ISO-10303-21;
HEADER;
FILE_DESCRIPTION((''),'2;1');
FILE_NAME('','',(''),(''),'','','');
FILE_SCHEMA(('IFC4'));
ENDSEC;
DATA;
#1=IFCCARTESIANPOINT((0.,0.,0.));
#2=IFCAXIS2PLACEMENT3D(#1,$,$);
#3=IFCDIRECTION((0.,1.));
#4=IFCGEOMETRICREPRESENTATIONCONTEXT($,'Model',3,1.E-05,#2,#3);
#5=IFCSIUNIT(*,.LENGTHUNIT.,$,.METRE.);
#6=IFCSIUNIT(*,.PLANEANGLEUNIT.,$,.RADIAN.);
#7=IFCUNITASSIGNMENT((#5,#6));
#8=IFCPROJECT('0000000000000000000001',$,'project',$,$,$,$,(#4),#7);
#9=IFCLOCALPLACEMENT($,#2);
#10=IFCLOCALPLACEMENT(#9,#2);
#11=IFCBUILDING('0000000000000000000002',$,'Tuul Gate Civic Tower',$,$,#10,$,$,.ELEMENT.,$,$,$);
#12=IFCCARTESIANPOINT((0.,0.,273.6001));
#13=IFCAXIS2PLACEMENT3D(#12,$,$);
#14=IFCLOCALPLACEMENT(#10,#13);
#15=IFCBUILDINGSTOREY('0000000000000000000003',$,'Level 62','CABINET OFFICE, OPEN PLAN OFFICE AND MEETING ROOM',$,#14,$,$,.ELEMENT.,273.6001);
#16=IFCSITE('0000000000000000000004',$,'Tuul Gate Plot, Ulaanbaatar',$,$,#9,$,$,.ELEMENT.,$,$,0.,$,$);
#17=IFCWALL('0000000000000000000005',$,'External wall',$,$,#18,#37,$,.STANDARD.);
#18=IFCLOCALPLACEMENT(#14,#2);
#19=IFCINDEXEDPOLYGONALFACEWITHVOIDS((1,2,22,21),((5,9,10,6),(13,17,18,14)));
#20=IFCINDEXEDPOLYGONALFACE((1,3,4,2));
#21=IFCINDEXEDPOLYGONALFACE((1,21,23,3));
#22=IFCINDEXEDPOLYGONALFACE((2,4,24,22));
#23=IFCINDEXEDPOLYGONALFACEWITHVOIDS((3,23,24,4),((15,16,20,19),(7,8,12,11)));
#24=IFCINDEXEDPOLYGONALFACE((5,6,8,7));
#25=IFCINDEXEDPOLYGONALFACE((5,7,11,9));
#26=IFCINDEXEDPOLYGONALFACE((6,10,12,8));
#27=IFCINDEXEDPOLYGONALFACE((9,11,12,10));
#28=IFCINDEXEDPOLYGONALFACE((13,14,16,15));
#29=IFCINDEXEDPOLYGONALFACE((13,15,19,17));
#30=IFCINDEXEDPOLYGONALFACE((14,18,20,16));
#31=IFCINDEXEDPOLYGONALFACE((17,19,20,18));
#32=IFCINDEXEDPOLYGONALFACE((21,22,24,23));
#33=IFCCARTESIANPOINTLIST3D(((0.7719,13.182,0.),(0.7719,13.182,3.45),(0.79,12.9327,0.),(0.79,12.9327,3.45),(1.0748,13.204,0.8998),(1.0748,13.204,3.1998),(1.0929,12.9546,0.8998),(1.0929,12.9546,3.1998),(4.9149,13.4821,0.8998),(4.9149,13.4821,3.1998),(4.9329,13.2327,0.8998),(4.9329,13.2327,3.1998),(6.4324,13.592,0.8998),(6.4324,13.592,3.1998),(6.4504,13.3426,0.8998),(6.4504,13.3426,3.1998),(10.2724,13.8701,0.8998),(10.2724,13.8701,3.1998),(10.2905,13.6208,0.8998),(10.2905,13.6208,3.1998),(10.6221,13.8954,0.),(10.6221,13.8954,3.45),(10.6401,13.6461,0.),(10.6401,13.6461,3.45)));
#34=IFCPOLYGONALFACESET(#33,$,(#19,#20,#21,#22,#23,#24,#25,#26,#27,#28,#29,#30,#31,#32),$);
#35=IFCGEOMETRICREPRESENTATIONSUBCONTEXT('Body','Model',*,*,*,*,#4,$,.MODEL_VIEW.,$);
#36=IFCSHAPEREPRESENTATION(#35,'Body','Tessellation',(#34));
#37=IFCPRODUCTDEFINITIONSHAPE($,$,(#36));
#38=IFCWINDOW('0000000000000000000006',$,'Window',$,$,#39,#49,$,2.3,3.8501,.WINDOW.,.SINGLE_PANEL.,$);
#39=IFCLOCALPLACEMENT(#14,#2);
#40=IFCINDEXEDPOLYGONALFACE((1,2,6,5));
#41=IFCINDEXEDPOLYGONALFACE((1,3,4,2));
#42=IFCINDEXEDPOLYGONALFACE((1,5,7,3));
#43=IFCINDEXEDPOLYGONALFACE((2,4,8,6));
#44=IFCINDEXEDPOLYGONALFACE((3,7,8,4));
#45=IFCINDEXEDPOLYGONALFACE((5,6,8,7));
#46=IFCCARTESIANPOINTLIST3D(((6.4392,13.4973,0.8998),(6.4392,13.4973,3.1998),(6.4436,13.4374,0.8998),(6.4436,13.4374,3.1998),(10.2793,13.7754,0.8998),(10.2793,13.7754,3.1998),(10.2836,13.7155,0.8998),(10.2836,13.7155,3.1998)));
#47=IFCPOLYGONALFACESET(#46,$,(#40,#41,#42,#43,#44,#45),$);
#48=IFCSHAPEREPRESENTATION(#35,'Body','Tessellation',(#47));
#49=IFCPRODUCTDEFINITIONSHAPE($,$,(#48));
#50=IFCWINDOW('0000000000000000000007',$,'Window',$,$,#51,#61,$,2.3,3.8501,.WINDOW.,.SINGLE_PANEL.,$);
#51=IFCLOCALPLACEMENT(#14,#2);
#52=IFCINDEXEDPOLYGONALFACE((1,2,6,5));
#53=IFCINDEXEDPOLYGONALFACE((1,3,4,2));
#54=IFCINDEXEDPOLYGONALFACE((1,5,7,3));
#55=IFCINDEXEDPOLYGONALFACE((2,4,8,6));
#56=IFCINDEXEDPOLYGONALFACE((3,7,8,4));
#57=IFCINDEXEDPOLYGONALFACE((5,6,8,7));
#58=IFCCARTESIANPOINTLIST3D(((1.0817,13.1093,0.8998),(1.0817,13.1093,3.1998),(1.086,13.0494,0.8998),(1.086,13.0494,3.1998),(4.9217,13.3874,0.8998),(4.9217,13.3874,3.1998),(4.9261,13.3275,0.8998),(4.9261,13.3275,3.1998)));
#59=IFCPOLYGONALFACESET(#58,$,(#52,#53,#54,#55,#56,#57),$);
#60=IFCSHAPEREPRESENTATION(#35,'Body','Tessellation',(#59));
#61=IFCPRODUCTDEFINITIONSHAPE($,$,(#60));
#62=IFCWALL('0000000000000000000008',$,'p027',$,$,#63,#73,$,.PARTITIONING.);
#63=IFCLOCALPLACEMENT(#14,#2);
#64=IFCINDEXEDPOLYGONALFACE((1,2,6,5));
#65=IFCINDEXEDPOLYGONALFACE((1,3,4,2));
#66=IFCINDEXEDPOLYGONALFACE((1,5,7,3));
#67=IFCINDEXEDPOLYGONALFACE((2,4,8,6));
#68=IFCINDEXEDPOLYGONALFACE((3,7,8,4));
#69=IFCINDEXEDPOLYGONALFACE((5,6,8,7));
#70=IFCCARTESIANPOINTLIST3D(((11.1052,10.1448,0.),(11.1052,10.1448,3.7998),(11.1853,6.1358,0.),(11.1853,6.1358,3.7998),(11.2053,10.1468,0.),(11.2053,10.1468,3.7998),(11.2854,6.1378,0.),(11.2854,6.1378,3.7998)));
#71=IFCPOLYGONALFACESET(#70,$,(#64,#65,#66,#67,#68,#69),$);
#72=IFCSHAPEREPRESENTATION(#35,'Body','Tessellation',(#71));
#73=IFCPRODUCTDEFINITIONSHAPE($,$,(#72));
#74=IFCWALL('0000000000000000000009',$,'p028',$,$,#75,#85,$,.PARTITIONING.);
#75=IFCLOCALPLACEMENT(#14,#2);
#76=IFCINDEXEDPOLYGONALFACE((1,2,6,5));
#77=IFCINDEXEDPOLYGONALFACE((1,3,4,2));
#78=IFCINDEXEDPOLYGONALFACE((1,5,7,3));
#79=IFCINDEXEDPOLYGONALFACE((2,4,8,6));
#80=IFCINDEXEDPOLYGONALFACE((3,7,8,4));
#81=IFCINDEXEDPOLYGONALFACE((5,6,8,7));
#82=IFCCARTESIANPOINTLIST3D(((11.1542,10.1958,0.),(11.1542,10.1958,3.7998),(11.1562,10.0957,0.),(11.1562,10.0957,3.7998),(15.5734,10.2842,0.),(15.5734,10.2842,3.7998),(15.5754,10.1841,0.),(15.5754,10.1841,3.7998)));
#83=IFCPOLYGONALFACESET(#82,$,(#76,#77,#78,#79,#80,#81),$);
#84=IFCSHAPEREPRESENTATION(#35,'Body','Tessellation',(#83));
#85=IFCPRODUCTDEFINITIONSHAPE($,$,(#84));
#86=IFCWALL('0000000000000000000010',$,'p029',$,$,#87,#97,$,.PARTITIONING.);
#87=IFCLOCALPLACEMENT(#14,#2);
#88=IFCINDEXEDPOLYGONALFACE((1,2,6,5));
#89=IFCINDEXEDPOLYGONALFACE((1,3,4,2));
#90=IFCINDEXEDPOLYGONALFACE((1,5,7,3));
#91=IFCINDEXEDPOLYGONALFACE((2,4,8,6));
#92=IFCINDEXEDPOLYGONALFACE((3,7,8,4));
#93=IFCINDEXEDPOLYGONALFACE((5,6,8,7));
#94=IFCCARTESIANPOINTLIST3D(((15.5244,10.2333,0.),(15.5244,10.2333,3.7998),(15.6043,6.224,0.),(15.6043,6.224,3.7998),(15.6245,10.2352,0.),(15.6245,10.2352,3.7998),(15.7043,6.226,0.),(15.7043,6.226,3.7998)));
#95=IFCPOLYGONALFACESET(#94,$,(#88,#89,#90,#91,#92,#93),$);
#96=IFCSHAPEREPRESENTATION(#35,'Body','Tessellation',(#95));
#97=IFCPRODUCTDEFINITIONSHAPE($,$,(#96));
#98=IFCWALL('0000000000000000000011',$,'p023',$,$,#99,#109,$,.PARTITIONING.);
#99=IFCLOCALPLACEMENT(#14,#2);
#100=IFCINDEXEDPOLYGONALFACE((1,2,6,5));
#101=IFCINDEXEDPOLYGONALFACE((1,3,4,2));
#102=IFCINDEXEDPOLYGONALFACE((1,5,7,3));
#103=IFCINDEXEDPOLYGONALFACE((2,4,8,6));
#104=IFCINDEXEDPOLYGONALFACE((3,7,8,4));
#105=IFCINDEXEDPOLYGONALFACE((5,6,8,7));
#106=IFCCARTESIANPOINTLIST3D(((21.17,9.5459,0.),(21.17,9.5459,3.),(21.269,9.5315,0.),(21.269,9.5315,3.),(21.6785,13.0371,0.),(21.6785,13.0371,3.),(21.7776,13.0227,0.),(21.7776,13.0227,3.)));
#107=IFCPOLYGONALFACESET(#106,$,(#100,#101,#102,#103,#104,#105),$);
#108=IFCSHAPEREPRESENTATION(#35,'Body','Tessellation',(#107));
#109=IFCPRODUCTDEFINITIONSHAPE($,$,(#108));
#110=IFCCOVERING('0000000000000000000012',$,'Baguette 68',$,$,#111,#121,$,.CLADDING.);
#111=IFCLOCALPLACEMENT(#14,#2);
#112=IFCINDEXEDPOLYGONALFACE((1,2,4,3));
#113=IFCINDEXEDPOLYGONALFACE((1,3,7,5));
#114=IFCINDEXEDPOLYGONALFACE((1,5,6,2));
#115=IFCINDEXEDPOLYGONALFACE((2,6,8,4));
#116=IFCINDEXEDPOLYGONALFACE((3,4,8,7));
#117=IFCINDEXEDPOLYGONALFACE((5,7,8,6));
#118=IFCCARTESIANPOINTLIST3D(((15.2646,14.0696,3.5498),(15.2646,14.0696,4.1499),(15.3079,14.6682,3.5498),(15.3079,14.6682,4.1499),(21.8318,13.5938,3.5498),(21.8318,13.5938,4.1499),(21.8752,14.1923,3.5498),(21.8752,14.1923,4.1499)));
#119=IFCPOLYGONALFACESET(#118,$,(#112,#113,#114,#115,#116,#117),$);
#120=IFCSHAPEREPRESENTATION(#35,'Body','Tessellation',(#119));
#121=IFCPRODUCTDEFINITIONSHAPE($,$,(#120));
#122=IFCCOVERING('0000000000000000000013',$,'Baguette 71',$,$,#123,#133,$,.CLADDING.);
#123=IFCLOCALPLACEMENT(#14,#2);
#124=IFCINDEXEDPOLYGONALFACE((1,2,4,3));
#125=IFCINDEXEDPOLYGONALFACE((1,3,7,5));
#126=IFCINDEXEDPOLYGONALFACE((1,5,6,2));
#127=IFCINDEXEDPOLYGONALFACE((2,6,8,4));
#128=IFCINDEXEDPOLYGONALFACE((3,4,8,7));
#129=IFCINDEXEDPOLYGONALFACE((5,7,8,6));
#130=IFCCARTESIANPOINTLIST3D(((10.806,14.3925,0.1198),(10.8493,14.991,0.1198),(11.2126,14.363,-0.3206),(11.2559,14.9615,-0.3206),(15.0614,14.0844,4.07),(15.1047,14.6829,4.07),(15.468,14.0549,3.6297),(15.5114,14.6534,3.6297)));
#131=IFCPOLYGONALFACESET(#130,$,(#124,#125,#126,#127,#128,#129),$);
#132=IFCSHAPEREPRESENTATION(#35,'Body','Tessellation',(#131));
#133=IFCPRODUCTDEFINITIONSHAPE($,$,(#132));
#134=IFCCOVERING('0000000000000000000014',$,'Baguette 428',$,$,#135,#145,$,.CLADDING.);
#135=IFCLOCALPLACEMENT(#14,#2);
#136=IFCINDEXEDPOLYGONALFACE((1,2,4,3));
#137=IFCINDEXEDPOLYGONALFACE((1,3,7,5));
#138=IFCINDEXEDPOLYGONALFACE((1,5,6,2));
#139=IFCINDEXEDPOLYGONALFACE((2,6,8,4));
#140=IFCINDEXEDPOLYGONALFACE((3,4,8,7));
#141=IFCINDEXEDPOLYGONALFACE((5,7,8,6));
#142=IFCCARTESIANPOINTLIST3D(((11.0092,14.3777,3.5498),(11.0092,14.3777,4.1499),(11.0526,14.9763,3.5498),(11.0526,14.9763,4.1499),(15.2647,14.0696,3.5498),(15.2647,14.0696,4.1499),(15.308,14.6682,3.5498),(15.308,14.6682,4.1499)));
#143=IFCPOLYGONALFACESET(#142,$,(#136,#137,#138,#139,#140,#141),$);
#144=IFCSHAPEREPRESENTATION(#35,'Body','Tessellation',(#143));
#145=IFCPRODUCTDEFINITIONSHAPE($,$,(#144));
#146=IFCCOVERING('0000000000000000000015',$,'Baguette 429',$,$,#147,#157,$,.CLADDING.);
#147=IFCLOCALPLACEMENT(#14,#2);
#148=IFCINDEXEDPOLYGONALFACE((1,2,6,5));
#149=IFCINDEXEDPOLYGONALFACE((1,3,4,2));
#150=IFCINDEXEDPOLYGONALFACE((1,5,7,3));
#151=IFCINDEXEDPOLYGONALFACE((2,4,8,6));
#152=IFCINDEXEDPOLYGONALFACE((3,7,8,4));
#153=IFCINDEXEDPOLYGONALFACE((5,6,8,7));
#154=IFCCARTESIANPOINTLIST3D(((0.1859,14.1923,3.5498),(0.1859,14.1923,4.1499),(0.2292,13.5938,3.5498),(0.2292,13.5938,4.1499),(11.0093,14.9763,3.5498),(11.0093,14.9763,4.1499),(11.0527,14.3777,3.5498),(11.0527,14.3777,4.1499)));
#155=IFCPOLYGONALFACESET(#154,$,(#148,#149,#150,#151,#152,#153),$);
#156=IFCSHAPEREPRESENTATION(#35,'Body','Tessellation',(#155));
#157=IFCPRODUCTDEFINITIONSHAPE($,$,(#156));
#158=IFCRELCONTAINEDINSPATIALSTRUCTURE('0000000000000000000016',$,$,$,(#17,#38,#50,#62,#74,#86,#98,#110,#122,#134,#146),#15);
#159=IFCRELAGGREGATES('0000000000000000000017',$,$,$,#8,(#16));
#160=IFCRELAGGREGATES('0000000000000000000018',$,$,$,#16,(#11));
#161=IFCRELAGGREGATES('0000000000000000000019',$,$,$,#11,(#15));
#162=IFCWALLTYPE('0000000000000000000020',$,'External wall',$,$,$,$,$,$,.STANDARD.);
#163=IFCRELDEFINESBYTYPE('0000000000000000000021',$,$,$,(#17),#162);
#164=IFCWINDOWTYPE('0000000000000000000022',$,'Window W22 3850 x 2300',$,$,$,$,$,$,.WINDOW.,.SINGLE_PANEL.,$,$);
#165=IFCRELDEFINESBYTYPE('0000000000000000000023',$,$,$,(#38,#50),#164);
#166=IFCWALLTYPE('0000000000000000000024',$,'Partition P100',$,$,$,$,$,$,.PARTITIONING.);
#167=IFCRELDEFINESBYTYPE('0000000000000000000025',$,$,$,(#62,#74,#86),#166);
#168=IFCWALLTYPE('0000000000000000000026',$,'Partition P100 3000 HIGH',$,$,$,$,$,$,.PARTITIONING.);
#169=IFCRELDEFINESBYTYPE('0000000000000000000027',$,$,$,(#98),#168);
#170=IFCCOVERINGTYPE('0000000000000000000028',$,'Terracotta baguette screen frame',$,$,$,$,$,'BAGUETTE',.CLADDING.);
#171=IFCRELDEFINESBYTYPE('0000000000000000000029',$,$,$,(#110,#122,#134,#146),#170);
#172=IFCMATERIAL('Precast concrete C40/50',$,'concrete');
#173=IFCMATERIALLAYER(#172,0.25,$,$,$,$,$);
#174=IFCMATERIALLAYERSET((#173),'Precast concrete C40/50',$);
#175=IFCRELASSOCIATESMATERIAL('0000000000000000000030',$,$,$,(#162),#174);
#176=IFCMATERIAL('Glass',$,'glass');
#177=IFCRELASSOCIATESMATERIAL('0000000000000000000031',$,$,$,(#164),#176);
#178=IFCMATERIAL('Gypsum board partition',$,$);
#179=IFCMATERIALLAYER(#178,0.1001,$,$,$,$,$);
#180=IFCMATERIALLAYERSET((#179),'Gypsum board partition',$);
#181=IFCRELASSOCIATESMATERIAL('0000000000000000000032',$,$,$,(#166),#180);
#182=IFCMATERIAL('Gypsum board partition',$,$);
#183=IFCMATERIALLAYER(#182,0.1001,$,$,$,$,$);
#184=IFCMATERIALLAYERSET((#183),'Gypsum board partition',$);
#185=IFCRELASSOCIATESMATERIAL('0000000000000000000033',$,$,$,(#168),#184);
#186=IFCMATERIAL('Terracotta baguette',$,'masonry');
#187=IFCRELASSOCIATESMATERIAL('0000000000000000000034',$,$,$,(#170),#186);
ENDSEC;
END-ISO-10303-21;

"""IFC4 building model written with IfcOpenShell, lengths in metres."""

from ifc_helpers import new_model, si_unit, direction, frame, frame_2d, origin, origin_2d, place, context, subcontext, project, spatial, rectangle, extrude, material, layer, layer_set, material_profile, profile_set, type_object, element, fill, save


model = new_model("IFC4")

# Units and contexts
model_context = context("Model", 3, precision=1e-05, world=origin(), true_north=direction((0.0, 1.0)))
body_context = subcontext(model_context, "Body", "Model", "MODEL_VIEW")
ifc_project = project(units=[si_unit("LENGTHUNIT", "METRE"), si_unit("PLANEANGLEUNIT", "RADIAN")], contexts=[model_context])

# Site, building, storey
site_placement = place(None, origin())
site = spatial("IfcSite", under=ifc_project, at=site_placement, Name="Tuul Gate Plot, Ulaanbaatar", CompositionType="ELEMENT", RefElevation=0.0)
building_placement = place(site_placement, origin())
building = spatial("IfcBuilding", under=site, at=building_placement, Name="Tuul Gate Civic Tower", CompositionType="ELEMENT")
storey_placement = place(building_placement, frame((0.0, 0.0, 273.6001)))
storey = spatial("IfcBuildingStorey", under=building, at=storey_placement, Name="Level 62", Description="CABINET OFFICE, OPEN PLAN OFFICE AND MEETING ROOM", CompositionType="ELEMENT", Elevation=273.6001)

# Wall, openings, windows
ifc_material_1 = material(Name="Precast concrete C40/50", Category="concrete")
ifc_layer_1 = layer(ifc_material_1, 0.25)
ifc_layer_set_1 = layer_set([ifc_layer_1], Name="Precast concrete C40/50")
wall_type_1 = type_object("IfcWallType", Name="External wall", PredefinedType="STANDARD", material=ifc_layer_set_1)
ifc_material_2 = material(Name="Glass", Category="glass")
window_type = type_object("IfcWindowType", Name="Window W22 3850 x 2300", PartitioningType="SINGLE_PANEL", PredefinedType="WINDOW", material=ifc_material_2)
wall_1_placement = place(storey_placement, frame((10.6311, 13.7708, 0.0), z_axis=(0.0, 0.0, 1.0), x_axis=(-0.997388, -0.072234, 0.0)))
wall_1 = element("IfcWall", 1, at=wall_1_placement, inside=storey, type_object=wall_type_1, Name="External wall", PredefinedType="STANDARD", context=body_context, shape_type="SweptSolid", body=[
    extrude(rectangle(XDim=9.876, YDim=0.25, at=frame_2d((4.938, 0.0))), origin(), (0.0, 0.0, 1.0), 3.45),
])
opening_1_placement = place(wall_1_placement, frame((0.3506, 0.0, 0.8999)))
opening_1 = element("IfcOpeningElement", 2, at=opening_1_placement, cuts=wall_1, PredefinedType="OPENING", context=body_context, shape_type="SweptSolid", body=[
    extrude(rectangle(XDim=3.8501, YDim=2.3, at=frame_2d((1.925, 1.1499))), frame((0.0, 0.135, 0.0), z_axis=(0.0, -1.0, 0.0), x_axis=(1.0, 0.0, 0.0)), (0.0, 0.0, 1.0), 0.27),
])
opening_2_placement = place(wall_1_placement, frame((5.7222, 0.0, 0.8999)))
opening_2 = element("IfcOpeningElement", 3, at=opening_2_placement, cuts=wall_1, PredefinedType="OPENING", context=body_context, shape_type="SweptSolid", body=[
    extrude(rectangle(XDim=3.8501, YDim=2.3, at=frame_2d((1.925, 1.1499))), frame((0.0, 0.135, 0.0), z_axis=(0.0, -1.0, 0.0), x_axis=(1.0, 0.0, 0.0)), (0.0, 0.0, 1.0), 0.27),
])
window_1_placement = place(opening_1_placement, origin())
window_1 = element("IfcWindow", 4, at=window_1_placement, inside=storey, type_object=window_type, Name="Window", OverallHeight=2.3, OverallWidth=3.8501, PartitioningType="SINGLE_PANEL", PredefinedType="WINDOW", context=body_context, shape_type="SweptSolid", body=[
    extrude(rectangle(XDim=3.8501, YDim=2.3, at=frame_2d((1.925, 1.1499))), frame((0.0, 0.03, 0.0), z_axis=(0.0, -1.0, 0.0), x_axis=(1.0, 0.0, 0.0)), (0.0, 0.0, 1.0), 0.0601),
])
fill(opening_1, window_1)
window_2_placement = place(opening_2_placement, origin())
window_2 = element("IfcWindow", 5, at=window_2_placement, inside=storey, type_object=window_type, Name="Window", OverallHeight=2.3, OverallWidth=3.8501, PartitioningType="SINGLE_PANEL", PredefinedType="WINDOW", context=body_context, shape_type="SweptSolid", body=[
    extrude(rectangle(XDim=3.8501, YDim=2.3, at=frame_2d((1.925, 1.1499))), frame((0.0, 0.03, 0.0), z_axis=(0.0, -1.0, 0.0), x_axis=(1.0, 0.0, 0.0)), (0.0, 0.0, 1.0), 0.0601),
])
fill(opening_2, window_2)

# Walls
ifc_material_3 = material(Name="Gypsum board partition")
ifc_layer_2 = layer(ifc_material_3, 0.1001)
ifc_layer_set_2 = layer_set([ifc_layer_2], Name="Gypsum board partition")
wall_type_2 = type_object("IfcWallType", Name="Partition P100", PredefinedType="PARTITIONING", material=ifc_layer_set_2)
wall_2_placement = place(storey_placement, frame((11.1553, 10.1458, 0.0), z_axis=(0.0, 0.0, 1.0), x_axis=(0.01997, -0.999801, 0.0)))
element("IfcWall", 6, at=wall_2_placement, inside=storey, type_object=wall_type_2, Name="p027", PredefinedType="PARTITIONING", context=body_context, shape_type="SweptSolid", body=[
    extrude(rectangle(XDim=4.0098, YDim=0.1001, at=frame_2d((2.0049, 0.0))), origin(), (0.0, 0.0, 1.0), 3.7998),
])
wall_3_placement = place(storey_placement, frame((11.1553, 10.1458, 0.0), z_axis=(0.0, 0.0, 1.0), x_axis=(0.9998, 0.019995, 0.0)))
element("IfcWall", 7, at=wall_3_placement, inside=storey, type_object=wall_type_2, Name="p028", PredefinedType="PARTITIONING", context=body_context, shape_type="SweptSolid", body=[
    extrude(rectangle(XDim=4.4202, YDim=0.1001, at=frame_2d((2.21, 0.0))), origin(), (0.0, 0.0, 1.0), 3.7998),
])
wall_4_placement = place(storey_placement, frame((15.5745, 10.2341, 0.0), z_axis=(0.0, 0.0, 1.0), x_axis=(0.019908, -0.999802, 0.0)))
element("IfcWall", 8, at=wall_4_placement, inside=storey, type_object=wall_type_2, Name="p029", PredefinedType="PARTITIONING", context=body_context, shape_type="SweptSolid", body=[
    extrude(rectangle(XDim=4.01, YDim=0.1001, at=frame_2d((2.0049, 0.0))), origin(), (0.0, 0.0, 1.0), 3.7998),
])
ifc_material_4 = material(Name="Gypsum board partition")
ifc_layer_3 = layer(ifc_material_4, 0.1001)
ifc_layer_set_3 = layer_set([ifc_layer_3], Name="Gypsum board partition")
wall_type_3 = type_object("IfcWallType", Name="Partition P100 3000 HIGH", PredefinedType="PARTITIONING", material=ifc_layer_set_3)
wall_5_placement = place(storey_placement, frame((21.2195, 9.5386, 0.0), z_axis=(0.0, 0.0, 1.0), x_axis=(0.144143, 0.989557, 0.0)))
element("IfcWall", 9, at=wall_5_placement, inside=storey, type_object=wall_type_3, Name="p023", PredefinedType="PARTITIONING", context=body_context, shape_type="SweptSolid", body=[
    extrude(rectangle(XDim=3.5281, YDim=0.1001, at=frame_2d((1.7642, 0.0))), origin(), (0.0, 0.0, 1.0), 3.0),
])

# Coverings
ifc_material_5 = material(Name="Terracotta baguette", Category="masonry")
ifc_material_profile_1 = material_profile(ifc_material_5, rectangle(XDim=0.6001, YDim=0.6001, at=origin_2d()), Name="Terracotta baguette screen frame")
ifc_profile_set_1 = profile_set([ifc_material_profile_1], Name="Terracotta baguette")
covering_type = type_object("IfcCoveringType", Name="Terracotta baguette screen frame", ElementType="BAGUETTE", PredefinedType="CLADDING", material=ifc_profile_set_1)
covering_1_placement = place(storey_placement, frame((21.8535, 13.8931, 3.8499), z_axis=(-0.997385, 0.072267, 0.0), x_axis=(-0.072267, -0.997385, 0.0)))
element("IfcCovering", 10, at=covering_1_placement, inside=storey, type_object=covering_type, Name="Baguette 68", PredefinedType="CLADDING", context=body_context, shape_type="SweptSolid", body=[
    extrude(rectangle(XDim=0.6001, YDim=0.6001, at=origin_2d()), origin(), (0.0, 0.0, 1.0), 6.5845),
])
covering_2_placement = place(storey_placement, frame((15.2864, 14.3689, 3.8499), z_axis=(-0.731869, 0.05299, -0.679382), x_axis=(-0.072215, -0.997389, 0.0)))
element("IfcCovering", 11, at=covering_2_placement, inside=storey, type_object=covering_type, Name="Baguette 71", PredefinedType="CLADDING", context=body_context, shape_type="SweptSolid", body=[
    extrude(rectangle(XDim=0.6001, YDim=0.6001, at=origin_2d()), origin(), (0.0, 0.0, 1.0), 5.8145),
])
covering_3_placement = place(storey_placement, frame((15.2864, 14.3689, 3.8499), z_axis=(-0.997389, 0.072215, 0.0), x_axis=(-0.072215, -0.997389, 0.0)))
element("IfcCovering", 12, at=covering_3_placement, inside=storey, type_object=covering_type, Name="Baguette 428", PredefinedType="CLADDING", context=body_context, shape_type="SweptSolid", body=[
    extrude(rectangle(XDim=0.6001, YDim=0.6001, at=origin_2d()), origin(), (0.0, 0.0, 1.0), 4.2666),
])
covering_4_placement = place(storey_placement, frame((11.031, 14.677, 3.8499), z_axis=(-0.997387, -0.07224, 0.0), x_axis=(0.07224, -0.997387, 0.0)))
element("IfcCovering", 13, at=covering_4_placement, inside=storey, type_object=covering_type, Name="Baguette 429", PredefinedType="CLADDING", context=body_context, shape_type="SweptSolid", body=[
    extrude(rectangle(XDim=0.6001, YDim=0.6001, at=origin_2d()), origin(), (0.0, 0.0, 1.0), 10.8518),
])

save(model, "model.ifc")
